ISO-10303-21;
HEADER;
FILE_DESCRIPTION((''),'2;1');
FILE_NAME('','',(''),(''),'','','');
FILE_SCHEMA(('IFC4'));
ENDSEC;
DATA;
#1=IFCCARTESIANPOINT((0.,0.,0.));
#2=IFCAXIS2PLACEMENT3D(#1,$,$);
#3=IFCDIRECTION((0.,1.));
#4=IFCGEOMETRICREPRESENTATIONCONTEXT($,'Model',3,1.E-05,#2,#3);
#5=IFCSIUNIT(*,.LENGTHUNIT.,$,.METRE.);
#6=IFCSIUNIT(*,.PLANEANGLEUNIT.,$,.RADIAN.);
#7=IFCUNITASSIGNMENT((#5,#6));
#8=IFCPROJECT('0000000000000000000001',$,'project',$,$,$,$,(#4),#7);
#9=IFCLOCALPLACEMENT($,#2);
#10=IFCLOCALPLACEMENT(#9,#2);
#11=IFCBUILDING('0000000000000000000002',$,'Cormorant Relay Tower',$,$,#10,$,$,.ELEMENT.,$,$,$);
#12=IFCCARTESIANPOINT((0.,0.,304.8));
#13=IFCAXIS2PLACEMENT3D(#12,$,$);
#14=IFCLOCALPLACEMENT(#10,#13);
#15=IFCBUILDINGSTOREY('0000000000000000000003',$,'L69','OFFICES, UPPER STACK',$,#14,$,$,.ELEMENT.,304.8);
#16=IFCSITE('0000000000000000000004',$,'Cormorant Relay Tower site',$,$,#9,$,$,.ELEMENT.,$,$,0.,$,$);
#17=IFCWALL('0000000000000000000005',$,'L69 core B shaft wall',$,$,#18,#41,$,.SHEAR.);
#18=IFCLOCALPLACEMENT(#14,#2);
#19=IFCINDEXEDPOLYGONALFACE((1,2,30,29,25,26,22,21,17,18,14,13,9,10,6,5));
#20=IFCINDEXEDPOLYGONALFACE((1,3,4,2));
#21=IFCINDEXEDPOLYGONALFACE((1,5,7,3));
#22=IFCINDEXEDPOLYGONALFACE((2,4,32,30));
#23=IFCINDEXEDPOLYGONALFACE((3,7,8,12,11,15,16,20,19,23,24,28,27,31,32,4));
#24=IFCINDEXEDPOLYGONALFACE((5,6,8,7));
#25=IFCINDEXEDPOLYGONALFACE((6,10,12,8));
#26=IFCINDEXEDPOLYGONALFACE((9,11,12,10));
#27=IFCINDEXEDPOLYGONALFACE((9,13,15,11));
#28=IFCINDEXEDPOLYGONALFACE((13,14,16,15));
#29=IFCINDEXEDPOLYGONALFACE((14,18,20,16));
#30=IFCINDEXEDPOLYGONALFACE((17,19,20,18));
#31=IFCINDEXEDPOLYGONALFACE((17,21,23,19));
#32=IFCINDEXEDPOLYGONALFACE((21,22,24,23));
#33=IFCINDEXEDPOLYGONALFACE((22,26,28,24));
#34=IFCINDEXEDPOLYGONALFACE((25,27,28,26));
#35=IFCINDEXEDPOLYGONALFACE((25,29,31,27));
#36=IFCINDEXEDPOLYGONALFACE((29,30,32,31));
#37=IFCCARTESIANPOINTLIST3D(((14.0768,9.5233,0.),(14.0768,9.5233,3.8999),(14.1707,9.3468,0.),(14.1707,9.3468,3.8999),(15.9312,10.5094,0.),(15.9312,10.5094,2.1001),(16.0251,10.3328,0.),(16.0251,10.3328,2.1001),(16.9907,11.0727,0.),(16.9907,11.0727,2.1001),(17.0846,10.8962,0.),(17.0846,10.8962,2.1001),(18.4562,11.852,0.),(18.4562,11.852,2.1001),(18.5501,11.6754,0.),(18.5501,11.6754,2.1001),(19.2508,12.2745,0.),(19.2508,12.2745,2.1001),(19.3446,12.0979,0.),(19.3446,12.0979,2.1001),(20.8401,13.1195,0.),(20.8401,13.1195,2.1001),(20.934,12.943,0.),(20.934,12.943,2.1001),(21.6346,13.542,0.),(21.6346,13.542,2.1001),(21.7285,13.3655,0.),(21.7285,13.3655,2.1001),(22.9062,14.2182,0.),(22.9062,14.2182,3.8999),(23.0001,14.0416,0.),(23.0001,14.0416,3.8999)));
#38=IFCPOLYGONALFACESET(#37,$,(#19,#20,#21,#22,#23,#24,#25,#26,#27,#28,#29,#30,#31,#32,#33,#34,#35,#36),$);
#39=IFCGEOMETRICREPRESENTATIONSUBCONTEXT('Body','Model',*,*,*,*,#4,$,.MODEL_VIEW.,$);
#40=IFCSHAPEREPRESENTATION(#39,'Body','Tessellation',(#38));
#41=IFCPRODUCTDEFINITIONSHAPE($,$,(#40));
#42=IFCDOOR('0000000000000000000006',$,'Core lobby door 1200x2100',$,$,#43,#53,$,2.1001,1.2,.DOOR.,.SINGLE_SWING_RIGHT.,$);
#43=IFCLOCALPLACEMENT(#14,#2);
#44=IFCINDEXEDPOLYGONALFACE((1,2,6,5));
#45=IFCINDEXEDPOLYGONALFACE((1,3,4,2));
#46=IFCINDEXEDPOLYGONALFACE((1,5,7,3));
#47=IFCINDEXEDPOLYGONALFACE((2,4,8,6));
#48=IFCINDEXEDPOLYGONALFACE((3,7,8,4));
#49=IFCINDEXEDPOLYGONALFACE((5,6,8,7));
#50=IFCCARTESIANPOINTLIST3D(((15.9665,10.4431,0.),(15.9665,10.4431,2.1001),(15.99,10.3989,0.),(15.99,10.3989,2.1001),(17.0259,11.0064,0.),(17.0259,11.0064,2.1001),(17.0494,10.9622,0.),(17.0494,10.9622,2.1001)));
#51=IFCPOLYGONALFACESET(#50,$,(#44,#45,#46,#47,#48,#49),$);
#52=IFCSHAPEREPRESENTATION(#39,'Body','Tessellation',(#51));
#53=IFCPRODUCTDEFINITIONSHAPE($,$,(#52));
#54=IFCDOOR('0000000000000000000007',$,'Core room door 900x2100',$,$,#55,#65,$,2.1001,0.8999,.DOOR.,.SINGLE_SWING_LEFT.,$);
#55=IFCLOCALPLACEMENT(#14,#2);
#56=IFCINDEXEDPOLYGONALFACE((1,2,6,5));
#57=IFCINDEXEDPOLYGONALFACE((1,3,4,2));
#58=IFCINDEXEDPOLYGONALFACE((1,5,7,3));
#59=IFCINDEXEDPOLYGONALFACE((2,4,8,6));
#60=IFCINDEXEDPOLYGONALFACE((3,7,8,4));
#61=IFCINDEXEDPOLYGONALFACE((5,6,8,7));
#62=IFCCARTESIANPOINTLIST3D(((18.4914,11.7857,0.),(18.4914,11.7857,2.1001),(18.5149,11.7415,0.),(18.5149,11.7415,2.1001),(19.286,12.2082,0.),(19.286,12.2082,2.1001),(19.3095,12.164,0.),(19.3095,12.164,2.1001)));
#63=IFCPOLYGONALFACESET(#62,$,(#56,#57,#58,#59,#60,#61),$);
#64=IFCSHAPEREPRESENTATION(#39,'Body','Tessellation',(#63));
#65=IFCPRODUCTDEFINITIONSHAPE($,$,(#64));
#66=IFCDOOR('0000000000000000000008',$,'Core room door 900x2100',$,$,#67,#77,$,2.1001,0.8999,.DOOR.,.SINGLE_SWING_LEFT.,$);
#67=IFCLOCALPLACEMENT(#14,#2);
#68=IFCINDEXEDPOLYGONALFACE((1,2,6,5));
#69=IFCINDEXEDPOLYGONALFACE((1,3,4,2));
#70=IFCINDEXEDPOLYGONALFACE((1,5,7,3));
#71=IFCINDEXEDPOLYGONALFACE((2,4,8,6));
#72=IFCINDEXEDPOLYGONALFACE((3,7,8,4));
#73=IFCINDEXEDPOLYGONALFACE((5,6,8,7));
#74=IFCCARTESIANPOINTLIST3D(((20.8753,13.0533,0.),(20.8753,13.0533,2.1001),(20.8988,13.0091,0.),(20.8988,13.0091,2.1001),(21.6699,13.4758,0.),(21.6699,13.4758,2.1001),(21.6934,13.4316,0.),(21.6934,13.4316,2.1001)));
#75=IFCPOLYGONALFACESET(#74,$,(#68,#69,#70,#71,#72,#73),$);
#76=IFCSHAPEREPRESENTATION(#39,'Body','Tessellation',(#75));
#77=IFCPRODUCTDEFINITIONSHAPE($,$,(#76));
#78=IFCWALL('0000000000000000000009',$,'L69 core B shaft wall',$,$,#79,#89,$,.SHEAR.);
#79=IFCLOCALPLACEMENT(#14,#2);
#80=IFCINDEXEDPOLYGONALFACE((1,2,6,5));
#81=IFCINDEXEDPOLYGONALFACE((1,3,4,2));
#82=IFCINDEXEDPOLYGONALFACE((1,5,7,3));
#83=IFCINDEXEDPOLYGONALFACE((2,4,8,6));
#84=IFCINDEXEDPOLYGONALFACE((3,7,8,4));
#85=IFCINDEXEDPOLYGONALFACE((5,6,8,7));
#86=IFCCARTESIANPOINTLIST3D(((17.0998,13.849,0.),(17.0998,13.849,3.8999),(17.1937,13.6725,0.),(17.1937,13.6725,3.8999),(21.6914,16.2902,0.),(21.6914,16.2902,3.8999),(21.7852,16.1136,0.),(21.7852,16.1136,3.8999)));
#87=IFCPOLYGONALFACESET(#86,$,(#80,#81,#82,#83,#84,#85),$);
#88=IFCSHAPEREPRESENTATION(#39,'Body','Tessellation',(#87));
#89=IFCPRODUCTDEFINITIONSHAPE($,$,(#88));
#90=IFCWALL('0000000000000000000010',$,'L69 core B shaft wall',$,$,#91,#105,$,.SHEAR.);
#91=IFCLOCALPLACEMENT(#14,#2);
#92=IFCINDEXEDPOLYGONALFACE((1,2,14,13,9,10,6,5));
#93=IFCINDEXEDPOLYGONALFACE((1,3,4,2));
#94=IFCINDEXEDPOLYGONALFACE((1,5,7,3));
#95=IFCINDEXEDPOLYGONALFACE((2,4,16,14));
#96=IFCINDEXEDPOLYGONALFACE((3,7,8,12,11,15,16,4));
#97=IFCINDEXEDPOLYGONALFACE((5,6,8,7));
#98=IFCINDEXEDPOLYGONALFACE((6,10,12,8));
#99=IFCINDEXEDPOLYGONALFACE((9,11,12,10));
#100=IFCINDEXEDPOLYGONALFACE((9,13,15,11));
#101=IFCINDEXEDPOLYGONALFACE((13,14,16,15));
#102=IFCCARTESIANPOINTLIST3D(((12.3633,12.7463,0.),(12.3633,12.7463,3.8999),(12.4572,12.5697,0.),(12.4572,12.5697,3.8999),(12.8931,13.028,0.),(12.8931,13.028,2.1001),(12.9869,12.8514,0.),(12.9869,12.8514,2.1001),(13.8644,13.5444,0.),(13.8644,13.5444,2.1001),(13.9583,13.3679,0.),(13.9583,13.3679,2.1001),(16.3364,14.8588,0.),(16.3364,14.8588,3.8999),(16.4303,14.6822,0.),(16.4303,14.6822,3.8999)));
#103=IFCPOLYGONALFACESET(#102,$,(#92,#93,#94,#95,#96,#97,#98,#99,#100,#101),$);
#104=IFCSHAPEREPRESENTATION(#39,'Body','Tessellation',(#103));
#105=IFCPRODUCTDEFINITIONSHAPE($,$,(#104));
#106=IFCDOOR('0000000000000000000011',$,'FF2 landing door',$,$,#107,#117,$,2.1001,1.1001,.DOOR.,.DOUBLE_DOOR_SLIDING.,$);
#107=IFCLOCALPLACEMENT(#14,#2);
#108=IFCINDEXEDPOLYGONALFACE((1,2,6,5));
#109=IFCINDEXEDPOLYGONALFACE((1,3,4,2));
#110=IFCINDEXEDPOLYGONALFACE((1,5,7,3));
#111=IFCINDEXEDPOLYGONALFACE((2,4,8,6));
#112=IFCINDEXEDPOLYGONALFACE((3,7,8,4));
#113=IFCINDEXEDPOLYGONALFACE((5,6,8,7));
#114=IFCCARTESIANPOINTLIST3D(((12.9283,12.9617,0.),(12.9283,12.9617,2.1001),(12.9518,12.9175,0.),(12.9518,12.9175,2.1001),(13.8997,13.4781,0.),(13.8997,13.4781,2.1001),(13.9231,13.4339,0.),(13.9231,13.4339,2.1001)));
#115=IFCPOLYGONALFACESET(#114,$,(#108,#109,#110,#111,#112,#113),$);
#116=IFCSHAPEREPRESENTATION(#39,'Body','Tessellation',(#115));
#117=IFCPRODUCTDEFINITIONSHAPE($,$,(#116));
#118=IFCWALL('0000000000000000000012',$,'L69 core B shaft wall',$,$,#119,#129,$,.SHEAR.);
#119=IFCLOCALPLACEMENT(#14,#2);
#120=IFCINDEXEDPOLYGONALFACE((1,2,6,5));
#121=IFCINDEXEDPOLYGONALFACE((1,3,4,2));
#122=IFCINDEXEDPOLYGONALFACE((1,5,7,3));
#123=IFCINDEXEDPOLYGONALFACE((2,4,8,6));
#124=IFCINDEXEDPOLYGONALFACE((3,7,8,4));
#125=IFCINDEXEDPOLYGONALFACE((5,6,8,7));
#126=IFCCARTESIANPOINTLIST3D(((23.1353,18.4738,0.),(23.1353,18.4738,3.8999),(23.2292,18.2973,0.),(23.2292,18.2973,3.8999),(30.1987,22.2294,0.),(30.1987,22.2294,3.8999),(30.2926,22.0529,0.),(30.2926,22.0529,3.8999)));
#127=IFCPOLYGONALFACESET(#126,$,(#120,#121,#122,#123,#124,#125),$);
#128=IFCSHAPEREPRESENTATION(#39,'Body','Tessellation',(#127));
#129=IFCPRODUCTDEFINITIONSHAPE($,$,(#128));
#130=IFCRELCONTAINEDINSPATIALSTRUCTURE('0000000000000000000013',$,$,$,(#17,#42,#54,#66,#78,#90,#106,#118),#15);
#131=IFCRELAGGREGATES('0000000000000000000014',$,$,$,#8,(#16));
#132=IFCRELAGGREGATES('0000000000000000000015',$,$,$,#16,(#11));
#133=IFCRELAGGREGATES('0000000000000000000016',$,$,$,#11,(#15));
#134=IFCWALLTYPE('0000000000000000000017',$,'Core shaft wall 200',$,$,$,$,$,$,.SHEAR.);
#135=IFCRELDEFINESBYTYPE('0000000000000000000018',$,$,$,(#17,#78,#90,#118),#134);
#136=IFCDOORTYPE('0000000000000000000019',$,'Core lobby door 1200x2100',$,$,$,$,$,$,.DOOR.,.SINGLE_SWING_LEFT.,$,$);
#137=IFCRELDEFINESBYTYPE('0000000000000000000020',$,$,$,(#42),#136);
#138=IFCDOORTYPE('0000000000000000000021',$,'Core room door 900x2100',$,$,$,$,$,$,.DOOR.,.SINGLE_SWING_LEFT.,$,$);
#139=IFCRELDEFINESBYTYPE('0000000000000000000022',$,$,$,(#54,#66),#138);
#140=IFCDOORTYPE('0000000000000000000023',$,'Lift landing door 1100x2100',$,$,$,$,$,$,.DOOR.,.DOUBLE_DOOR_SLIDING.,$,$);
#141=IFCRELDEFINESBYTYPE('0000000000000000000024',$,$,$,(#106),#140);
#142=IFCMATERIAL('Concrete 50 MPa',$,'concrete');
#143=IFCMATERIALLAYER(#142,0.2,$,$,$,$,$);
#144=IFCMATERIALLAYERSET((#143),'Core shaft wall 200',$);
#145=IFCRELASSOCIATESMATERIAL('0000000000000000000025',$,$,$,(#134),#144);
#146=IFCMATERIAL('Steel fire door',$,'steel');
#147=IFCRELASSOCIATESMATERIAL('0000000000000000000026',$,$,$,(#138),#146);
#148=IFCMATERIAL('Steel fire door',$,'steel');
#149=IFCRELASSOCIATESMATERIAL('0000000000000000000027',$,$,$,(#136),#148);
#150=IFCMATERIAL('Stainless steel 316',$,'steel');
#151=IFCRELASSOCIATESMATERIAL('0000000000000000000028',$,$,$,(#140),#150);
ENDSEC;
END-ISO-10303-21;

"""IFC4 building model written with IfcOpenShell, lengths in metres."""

from ifc_helpers import new_model, si_unit, direction, frame, frame_2d, origin, place, context, subcontext, project, spatial, rectangle, extrude, material, layer, layer_set, type_object, element, fill, save


model = new_model("IFC4")

# Units and contexts
model_context = context("Model", 3, precision=1e-05, world=origin(), true_north=direction((0.0, 1.0)))
body_context = subcontext(model_context, "Body", "Model", "MODEL_VIEW")
ifc_project = project(units=[si_unit("LENGTHUNIT", "METRE"), si_unit("PLANEANGLEUNIT", "RADIAN")], contexts=[model_context])

# Site, building, storey
site_placement = place(None, origin())
site = spatial("IfcSite", under=ifc_project, at=site_placement, Name="Cormorant Relay Tower site", CompositionType="ELEMENT", RefElevation=0.0)
building_placement = place(site_placement, origin())
building = spatial("IfcBuilding", under=site, at=building_placement, Name="Cormorant Relay Tower", CompositionType="ELEMENT")
storey_placement = place(building_placement, frame((0.0, 0.0, 304.8)))
storey = spatial("IfcBuildingStorey", under=building, at=storey_placement, Name="L69", Description="OFFICES, UPPER STACK", CompositionType="ELEMENT", Elevation=304.8)

# Shared definitions
ifc_material_1 = material(Name="Concrete 50 MPa", Category="concrete")
ifc_layer_1 = layer(ifc_material_1, 0.2)
ifc_layer_set_1 = layer_set([ifc_layer_1], Name="Core shaft wall 200")
wall_type_1 = type_object("IfcWallType", Name="Core shaft wall 200", PredefinedType="SHEAR", material=ifc_layer_set_1)

# Wall, openings, doors
ifc_material_2 = material(Name="Steel fire door", Category="steel")
door_type_1 = type_object("IfcDoorType", Name="Core room door 900x2100", OperationType="SINGLE_SWING_LEFT", PredefinedType="DOOR", material=ifc_material_2)
wall_1_placement = place(storey_placement, frame((14.1238, 9.4351, 0.0), z_axis=(0.0, 0.0, 1.0), x_axis=(0.88294, 0.469485, 0.0)))
wall_1 = element("IfcWall", 1, at=wall_1_placement, inside=storey, type_object=wall_type_1, Name="L69 core B shaft wall", PredefinedType="SHEAR", context=body_context, shape_type="SweptSolid", body=[
    extrude(rectangle(XDim=10.0, YDim=0.2, at=frame_2d((5.0, 0.0))), origin(), (0.0, 0.0, 1.0), 3.8999),
])
opening_1_placement = place(wall_1_placement, frame((2.1001, 0.0, 0.0)))
opening_1 = element("IfcOpeningElement", 2, at=opening_1_placement, cuts=wall_1, PredefinedType="OPENING", context=body_context, shape_type="SweptSolid", body=[
    extrude(rectangle(XDim=1.2, YDim=2.1001, at=frame_2d((0.6001, 1.05))), frame((0.0, 0.1099, 0.0), z_axis=(0.0, -1.0, 0.0), x_axis=(1.0, 0.0, 0.0)), (0.0, 0.0, 1.0), 0.22),
])
opening_2_placement = place(wall_1_placement, frame((4.96, 0.0, 0.0)))
opening_2 = element("IfcOpeningElement", 3, at=opening_2_placement, cuts=wall_1, PredefinedType="OPENING", context=body_context, shape_type="SweptSolid", body=[
    extrude(rectangle(XDim=0.8999, YDim=2.1001, at=frame_2d((0.45, 1.05))), frame((0.0, 0.1099, 0.0), z_axis=(0.0, -1.0, 0.0), x_axis=(1.0, 0.0, 0.0)), (0.0, 0.0, 1.0), 0.22),
])
opening_3_placement = place(wall_1_placement, frame((7.6599, 0.0, 0.0)))
opening_3 = element("IfcOpeningElement", 4, at=opening_3_placement, cuts=wall_1, PredefinedType="OPENING", context=body_context, shape_type="SweptSolid", body=[
    extrude(rectangle(XDim=0.8999, YDim=2.1001, at=frame_2d((0.45, 1.05))), frame((0.0, 0.1099, 0.0), z_axis=(0.0, -1.0, 0.0), x_axis=(1.0, 0.0, 0.0)), (0.0, 0.0, 1.0), 0.22),
])
ifc_material_3 = material(Name="Steel fire door", Category="steel")
door_type_2 = type_object("IfcDoorType", Name="Core lobby door 1200x2100", OperationType="SINGLE_SWING_LEFT", PredefinedType="DOOR", material=ifc_material_3)
door_1_placement = place(opening_1_placement, origin())
door_1 = element("IfcDoor", 5, at=door_1_placement, inside=storey, type_object=door_type_2, Name="Core lobby door 1200x2100", OperationType="SINGLE_SWING_RIGHT", OverallHeight=2.1001, OverallWidth=1.2, PredefinedType="DOOR", context=body_context, shape_type="SweptSolid", body=[
    extrude(rectangle(XDim=1.2, YDim=2.1001, at=frame_2d((0.6001, 1.05))), frame((0.0, 0.0249, 0.0), z_axis=(0.0, -1.0, 0.0), x_axis=(1.0, 0.0, 0.0)), (0.0, 0.0, 1.0), 0.05),
])
fill(opening_1, door_1)
door_2_placement = place(opening_2_placement, origin())
door_2 = element("IfcDoor", 6, at=door_2_placement, inside=storey, type_object=door_type_1, Name="Core room door 900x2100", OperationType="SINGLE_SWING_LEFT", OverallHeight=2.1001, OverallWidth=0.8999, PredefinedType="DOOR", context=body_context, shape_type="SweptSolid", body=[
    extrude(rectangle(XDim=0.8999, YDim=2.1001, at=frame_2d((0.45, 1.05))), frame((0.0, 0.0249, 0.0), z_axis=(0.0, -1.0, 0.0), x_axis=(1.0, 0.0, 0.0)), (0.0, 0.0, 1.0), 0.05),
])
fill(opening_2, door_2)
door_3_placement = place(opening_3_placement, origin())
door_3 = element("IfcDoor", 7, at=door_3_placement, inside=storey, type_object=door_type_1, Name="Core room door 900x2100", OperationType="SINGLE_SWING_LEFT", OverallHeight=2.1001, OverallWidth=0.8999, PredefinedType="DOOR", context=body_context, shape_type="SweptSolid", body=[
    extrude(rectangle(XDim=0.8999, YDim=2.1001, at=frame_2d((0.45, 1.05))), frame((0.0, 0.0249, 0.0), z_axis=(0.0, -1.0, 0.0), x_axis=(1.0, 0.0, 0.0)), (0.0, 0.0, 1.0), 0.05),
])
fill(opening_3, door_3)

# Wall
wall_2_placement = place(storey_placement, frame((17.1467, 13.7607, 0.0), z_axis=(0.0, 0.0, 1.0), x_axis=(0.882964, 0.46944, 0.0)))
element("IfcWall", 8, at=wall_2_placement, inside=storey, type_object=wall_type_1, Name="L69 core B shaft wall", PredefinedType="SHEAR", context=body_context, shape_type="SweptSolid", body=[
    extrude(rectangle(XDim=5.2002, YDim=0.2, at=frame_2d((2.6001, 0.0))), origin(), (0.0, 0.0, 1.0), 3.8999),
])

# Wall, opening, door
wall_3_placement = place(storey_placement, frame((12.4102, 12.658, 0.0), z_axis=(0.0, 0.0, 1.0), x_axis=(0.882948, 0.46947, 0.0)))
wall_3 = element("IfcWall", 9, at=wall_3_placement, inside=storey, type_object=wall_type_1, Name="L69 core B shaft wall", PredefinedType="SHEAR", context=body_context, shape_type="SweptSolid", body=[
    extrude(rectangle(XDim=4.4998, YDim=0.2, at=frame_2d((2.25, 0.0))), origin(), (0.0, 0.0, 1.0), 3.8999),
])
opening_4_placement = place(wall_3_placement, frame((0.6001, 0.0, 0.0)))
opening_4 = element("IfcOpeningElement", 10, at=opening_4_placement, cuts=wall_3, PredefinedType="OPENING", context=body_context, shape_type="SweptSolid", body=[
    extrude(rectangle(XDim=1.1001, YDim=2.1001, at=frame_2d((0.55, 1.05))), frame((0.0, 0.1099, 0.0), z_axis=(0.0, -1.0, 0.0), x_axis=(1.0, 0.0, 0.0)), (0.0, 0.0, 1.0), 0.22),
])
ifc_material_4 = material(Name="Stainless steel 316", Category="steel")
door_type_3 = type_object("IfcDoorType", Name="Lift landing door 1100x2100", OperationType="DOUBLE_DOOR_SLIDING", PredefinedType="DOOR", material=ifc_material_4)
door_4_placement = place(opening_4_placement, origin())
door_4 = element("IfcDoor", 11, at=door_4_placement, inside=storey, type_object=door_type_3, Name="FF2 landing door", OperationType="DOUBLE_DOOR_SLIDING", OverallHeight=2.1001, OverallWidth=1.1001, PredefinedType="DOOR", context=body_context, shape_type="SweptSolid", body=[
    extrude(rectangle(XDim=1.1001, YDim=2.1001, at=frame_2d((0.55, 1.05))), frame((0.0, 0.0249, 0.0), z_axis=(0.0, -1.0, 0.0), x_axis=(1.0, 0.0, 0.0)), (0.0, 0.0, 1.0), 0.05),
])
fill(opening_4, door_4)

# Wall
wall_4_placement = place(storey_placement, frame((23.1821, 18.3855, 0.0), z_axis=(0.0, 0.0, 1.0), x_axis=(0.882953, 0.469462, 0.0)))
element("IfcWall", 12, at=wall_4_placement, inside=storey, type_object=wall_type_1, Name="L69 core B shaft wall", PredefinedType="SHEAR", context=body_context, shape_type="SweptSolid", body=[
    extrude(rectangle(XDim=7.9998, YDim=0.2, at=frame_2d((4.0, 0.0))), origin(), (0.0, 0.0, 1.0), 3.8999),
])

save(model, "model.ifc")
